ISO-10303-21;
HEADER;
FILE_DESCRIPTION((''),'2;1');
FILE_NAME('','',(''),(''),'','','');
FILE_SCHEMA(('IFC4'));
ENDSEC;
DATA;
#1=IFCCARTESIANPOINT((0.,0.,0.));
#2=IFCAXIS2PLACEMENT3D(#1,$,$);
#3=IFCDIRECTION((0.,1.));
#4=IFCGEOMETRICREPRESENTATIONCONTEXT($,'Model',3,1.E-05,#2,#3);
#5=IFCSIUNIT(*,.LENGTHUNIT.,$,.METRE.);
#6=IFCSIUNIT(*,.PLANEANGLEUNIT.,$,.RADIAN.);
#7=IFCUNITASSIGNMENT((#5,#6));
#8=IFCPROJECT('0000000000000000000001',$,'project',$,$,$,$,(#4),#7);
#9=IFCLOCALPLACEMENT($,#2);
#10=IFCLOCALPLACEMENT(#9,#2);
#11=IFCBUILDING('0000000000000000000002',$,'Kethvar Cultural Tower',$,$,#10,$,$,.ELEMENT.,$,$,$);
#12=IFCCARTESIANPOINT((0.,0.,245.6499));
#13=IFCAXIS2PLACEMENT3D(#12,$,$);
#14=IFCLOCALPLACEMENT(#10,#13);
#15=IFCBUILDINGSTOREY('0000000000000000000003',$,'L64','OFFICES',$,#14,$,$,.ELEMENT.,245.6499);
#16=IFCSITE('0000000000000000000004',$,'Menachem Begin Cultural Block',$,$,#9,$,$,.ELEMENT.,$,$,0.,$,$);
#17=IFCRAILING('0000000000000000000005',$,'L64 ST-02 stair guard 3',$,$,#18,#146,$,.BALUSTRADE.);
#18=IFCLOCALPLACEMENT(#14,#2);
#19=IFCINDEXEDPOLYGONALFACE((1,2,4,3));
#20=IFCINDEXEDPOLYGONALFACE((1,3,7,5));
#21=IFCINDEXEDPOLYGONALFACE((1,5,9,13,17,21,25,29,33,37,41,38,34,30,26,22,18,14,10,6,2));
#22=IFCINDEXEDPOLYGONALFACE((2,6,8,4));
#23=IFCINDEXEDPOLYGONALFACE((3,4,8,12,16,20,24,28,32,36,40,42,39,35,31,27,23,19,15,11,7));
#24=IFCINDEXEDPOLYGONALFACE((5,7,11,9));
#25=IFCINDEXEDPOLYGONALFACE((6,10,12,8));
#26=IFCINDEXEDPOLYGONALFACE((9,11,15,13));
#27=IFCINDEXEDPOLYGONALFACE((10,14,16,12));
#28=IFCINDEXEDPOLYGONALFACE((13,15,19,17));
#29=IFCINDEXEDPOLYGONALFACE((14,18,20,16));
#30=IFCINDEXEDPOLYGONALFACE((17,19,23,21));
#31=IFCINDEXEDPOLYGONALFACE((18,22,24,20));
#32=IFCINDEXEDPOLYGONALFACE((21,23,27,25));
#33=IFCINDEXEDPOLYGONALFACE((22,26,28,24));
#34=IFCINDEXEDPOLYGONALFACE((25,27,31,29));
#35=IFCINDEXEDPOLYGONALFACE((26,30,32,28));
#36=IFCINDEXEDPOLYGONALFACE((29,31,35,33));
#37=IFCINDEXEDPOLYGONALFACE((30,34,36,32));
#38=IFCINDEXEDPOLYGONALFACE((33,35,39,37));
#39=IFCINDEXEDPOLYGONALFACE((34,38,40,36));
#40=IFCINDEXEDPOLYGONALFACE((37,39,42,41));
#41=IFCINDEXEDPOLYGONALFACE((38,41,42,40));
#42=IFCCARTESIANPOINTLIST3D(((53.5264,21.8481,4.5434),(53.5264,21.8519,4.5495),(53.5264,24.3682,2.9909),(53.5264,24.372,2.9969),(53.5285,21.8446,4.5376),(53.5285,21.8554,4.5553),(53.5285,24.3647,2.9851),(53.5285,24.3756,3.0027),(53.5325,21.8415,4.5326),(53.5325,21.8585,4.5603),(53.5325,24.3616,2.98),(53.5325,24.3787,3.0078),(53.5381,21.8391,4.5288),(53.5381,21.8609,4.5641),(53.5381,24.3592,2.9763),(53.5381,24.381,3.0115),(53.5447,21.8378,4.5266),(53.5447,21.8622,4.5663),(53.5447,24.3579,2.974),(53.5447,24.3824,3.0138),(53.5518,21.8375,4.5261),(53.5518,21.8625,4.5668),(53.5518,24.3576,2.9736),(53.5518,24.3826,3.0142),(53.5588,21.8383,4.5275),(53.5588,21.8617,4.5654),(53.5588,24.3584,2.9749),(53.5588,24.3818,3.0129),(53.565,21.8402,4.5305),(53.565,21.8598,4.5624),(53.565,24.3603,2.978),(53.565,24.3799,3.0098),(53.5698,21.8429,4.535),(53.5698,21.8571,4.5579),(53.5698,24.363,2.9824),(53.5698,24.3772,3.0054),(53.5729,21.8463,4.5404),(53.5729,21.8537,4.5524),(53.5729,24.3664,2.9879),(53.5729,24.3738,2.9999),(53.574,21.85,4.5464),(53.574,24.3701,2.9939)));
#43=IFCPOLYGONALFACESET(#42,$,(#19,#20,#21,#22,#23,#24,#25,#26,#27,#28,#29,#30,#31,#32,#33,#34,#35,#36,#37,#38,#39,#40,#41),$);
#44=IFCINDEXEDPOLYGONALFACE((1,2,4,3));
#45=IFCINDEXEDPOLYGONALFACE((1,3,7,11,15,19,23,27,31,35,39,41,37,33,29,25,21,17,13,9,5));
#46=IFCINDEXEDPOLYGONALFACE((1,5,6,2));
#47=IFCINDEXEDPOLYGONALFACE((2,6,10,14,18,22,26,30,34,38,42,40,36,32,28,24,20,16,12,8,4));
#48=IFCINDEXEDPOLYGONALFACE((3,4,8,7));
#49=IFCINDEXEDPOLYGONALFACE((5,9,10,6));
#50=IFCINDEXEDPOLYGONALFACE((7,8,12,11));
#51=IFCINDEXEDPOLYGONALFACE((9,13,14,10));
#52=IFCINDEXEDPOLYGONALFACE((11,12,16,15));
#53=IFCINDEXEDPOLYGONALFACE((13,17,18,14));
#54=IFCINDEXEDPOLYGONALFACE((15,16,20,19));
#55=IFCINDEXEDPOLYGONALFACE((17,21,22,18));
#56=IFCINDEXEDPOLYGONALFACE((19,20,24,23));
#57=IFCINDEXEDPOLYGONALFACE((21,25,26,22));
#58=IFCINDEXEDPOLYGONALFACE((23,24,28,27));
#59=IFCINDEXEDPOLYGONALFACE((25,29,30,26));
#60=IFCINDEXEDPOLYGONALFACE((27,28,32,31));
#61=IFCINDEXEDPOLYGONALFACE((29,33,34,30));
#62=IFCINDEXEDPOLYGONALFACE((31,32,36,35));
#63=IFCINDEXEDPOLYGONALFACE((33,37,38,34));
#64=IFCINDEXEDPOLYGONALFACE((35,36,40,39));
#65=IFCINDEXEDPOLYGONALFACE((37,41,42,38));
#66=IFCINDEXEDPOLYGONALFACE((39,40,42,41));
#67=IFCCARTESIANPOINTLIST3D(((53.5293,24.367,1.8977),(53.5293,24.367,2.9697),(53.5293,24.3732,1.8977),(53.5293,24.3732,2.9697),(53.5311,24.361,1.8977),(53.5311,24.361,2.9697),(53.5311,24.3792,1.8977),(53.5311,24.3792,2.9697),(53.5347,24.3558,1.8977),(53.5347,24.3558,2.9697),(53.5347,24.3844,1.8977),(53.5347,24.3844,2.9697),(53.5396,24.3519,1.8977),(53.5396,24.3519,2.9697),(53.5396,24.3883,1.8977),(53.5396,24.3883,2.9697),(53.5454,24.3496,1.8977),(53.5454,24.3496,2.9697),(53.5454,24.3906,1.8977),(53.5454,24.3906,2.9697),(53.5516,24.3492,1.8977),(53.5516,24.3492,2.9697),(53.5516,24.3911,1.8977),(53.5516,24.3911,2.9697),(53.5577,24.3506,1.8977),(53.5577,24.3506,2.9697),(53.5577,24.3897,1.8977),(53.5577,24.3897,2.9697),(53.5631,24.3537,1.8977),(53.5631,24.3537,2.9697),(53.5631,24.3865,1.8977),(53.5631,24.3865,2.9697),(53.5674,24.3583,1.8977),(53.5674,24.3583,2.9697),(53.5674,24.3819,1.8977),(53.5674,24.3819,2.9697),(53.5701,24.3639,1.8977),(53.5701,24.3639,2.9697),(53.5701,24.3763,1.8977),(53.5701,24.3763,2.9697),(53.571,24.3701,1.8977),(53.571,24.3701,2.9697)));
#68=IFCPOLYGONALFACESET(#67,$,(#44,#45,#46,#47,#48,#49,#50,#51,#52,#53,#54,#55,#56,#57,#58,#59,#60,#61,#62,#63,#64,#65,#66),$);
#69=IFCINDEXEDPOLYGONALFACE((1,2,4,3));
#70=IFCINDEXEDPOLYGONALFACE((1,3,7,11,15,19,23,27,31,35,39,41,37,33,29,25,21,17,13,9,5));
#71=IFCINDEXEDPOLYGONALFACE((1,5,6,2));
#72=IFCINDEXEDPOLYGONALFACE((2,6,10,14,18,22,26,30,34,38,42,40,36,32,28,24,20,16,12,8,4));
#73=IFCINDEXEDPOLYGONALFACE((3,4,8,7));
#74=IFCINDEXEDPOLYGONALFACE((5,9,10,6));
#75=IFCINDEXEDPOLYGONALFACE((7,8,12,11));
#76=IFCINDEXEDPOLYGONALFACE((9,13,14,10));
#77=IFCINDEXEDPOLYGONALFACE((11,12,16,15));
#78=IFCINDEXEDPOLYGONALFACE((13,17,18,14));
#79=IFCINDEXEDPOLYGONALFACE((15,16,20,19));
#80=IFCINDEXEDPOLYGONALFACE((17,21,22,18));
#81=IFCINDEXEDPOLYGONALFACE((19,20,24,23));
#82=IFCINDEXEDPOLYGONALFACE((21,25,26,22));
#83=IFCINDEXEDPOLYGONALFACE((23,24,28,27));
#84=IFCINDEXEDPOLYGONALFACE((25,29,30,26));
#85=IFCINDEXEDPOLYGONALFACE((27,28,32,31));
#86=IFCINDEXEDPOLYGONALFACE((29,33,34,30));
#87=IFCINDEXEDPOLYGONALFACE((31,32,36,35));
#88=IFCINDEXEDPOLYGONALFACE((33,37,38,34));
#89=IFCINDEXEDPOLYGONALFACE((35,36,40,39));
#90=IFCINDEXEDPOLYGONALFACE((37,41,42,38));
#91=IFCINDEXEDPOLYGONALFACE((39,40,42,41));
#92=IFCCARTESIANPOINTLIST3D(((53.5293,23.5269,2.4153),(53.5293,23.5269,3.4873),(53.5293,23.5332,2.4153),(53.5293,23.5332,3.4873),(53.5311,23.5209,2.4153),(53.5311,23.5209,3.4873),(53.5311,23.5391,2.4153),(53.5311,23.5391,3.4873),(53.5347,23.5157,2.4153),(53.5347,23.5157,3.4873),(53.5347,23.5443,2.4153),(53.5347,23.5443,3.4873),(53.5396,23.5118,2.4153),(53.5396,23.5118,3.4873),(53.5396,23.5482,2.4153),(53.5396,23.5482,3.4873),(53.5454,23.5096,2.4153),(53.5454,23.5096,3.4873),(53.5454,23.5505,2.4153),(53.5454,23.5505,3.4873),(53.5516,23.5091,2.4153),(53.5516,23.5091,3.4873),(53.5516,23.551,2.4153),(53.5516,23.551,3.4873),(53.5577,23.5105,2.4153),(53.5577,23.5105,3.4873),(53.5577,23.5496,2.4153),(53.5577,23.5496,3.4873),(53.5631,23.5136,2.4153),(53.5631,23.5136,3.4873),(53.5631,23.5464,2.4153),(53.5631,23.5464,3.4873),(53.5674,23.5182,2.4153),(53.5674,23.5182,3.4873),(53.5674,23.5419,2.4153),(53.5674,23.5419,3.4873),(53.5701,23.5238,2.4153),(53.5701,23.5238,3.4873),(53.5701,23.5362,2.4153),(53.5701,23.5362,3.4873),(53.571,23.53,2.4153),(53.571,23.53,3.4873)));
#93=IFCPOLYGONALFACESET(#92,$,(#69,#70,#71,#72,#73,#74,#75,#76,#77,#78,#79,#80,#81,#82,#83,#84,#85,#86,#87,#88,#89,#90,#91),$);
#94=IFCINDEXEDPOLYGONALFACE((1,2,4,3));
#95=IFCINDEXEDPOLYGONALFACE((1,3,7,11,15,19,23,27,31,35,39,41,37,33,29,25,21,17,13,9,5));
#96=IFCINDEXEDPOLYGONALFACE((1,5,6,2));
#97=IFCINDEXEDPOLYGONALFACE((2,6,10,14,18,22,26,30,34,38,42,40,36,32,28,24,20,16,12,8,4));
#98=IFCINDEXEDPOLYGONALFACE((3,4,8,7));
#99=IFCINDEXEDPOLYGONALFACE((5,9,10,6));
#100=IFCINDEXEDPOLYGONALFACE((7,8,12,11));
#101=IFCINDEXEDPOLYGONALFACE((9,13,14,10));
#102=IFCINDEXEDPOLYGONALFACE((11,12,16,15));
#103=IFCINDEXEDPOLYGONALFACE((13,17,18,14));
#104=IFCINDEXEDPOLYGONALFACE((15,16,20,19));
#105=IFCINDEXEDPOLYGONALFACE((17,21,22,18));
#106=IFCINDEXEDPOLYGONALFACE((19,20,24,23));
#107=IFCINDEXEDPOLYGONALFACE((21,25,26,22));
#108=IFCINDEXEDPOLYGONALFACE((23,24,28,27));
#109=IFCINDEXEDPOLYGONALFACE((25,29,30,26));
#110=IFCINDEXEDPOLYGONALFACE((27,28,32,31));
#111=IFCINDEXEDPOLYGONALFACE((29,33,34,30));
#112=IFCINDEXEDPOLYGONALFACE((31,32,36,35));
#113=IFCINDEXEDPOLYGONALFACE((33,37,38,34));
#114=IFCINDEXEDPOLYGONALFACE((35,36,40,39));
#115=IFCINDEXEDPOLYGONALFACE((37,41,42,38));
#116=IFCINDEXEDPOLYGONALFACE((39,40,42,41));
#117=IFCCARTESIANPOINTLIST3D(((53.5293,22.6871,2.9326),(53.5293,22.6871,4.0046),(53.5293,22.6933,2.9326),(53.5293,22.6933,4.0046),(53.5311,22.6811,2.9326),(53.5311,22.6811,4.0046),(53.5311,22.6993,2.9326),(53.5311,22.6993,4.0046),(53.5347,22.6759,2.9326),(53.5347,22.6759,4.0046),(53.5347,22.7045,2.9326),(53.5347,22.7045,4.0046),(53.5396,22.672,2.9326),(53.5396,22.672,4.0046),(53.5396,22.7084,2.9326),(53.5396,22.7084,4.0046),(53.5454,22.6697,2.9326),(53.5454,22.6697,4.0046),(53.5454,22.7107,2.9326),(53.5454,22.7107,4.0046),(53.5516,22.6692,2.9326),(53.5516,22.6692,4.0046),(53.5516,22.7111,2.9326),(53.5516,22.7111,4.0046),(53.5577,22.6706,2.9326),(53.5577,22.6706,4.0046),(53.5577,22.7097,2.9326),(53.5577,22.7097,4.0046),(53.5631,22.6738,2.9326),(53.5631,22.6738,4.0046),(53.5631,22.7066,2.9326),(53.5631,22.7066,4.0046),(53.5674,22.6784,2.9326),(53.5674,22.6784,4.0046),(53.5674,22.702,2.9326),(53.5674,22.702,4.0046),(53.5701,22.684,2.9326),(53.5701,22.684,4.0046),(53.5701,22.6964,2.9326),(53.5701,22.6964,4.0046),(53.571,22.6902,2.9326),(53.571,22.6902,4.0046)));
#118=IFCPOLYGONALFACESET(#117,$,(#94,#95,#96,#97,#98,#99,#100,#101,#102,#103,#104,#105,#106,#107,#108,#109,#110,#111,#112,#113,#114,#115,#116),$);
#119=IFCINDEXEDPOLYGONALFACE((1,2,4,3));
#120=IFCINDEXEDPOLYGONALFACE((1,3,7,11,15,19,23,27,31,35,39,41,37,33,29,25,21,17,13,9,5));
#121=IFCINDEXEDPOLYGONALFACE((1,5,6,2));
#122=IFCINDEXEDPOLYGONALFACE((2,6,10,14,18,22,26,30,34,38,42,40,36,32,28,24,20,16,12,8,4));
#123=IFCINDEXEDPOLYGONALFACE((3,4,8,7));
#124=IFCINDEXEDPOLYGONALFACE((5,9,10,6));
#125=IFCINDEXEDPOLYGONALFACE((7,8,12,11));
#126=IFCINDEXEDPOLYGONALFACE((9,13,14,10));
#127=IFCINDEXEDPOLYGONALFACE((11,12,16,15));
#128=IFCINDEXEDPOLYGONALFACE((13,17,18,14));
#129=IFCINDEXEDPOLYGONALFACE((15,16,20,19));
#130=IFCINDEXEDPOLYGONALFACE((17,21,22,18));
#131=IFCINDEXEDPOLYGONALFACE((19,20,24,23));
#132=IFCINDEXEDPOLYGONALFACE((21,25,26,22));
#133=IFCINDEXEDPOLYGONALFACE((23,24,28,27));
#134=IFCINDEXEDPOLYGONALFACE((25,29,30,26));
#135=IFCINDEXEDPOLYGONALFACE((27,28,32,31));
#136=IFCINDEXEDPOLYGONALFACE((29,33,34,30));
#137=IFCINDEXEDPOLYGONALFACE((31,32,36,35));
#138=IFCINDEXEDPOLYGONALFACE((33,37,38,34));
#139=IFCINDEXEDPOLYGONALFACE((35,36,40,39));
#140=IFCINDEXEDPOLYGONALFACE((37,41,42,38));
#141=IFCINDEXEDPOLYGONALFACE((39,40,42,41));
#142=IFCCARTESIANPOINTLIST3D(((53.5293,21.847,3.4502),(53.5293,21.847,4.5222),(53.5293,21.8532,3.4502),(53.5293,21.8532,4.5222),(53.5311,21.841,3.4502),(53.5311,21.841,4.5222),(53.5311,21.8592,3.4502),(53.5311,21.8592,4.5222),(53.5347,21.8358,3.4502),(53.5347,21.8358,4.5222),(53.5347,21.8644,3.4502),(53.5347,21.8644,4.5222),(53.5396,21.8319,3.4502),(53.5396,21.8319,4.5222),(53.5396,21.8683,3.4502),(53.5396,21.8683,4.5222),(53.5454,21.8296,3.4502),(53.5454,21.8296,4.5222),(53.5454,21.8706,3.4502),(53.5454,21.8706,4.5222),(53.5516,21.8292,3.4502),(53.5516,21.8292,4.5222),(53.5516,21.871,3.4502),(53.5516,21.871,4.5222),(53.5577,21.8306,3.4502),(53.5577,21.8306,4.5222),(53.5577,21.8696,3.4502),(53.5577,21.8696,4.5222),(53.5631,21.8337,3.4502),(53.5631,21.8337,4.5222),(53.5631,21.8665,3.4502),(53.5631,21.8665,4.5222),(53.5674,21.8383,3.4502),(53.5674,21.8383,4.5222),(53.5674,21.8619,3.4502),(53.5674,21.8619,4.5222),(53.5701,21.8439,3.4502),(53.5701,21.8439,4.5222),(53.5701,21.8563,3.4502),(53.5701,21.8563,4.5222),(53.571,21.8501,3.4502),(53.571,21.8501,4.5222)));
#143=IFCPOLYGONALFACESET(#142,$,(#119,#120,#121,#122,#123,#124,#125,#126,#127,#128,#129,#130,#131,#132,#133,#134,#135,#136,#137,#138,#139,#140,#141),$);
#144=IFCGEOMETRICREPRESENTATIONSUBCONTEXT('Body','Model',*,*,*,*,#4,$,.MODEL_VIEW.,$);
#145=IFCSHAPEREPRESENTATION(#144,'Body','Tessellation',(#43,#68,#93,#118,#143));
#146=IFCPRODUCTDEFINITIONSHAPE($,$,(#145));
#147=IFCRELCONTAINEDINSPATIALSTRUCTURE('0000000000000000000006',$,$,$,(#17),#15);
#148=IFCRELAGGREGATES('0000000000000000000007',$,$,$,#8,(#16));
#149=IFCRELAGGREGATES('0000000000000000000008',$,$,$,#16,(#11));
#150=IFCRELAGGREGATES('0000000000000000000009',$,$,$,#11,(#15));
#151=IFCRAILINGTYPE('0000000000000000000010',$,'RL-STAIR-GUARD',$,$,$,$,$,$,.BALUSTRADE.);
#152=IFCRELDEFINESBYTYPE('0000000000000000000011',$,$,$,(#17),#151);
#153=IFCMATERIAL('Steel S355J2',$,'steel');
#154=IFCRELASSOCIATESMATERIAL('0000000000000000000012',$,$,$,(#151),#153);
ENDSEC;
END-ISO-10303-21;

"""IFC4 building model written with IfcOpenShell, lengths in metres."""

from ifc_helpers import new_model, si_unit, direction, frame, origin, origin_2d, place, context, subcontext, project, spatial, circle, extrude, material, type_object, element, save


model = new_model("IFC4")

# Units and contexts
model_context = context("Model", 3, precision=1e-05, world=origin(), true_north=direction((0.0, 1.0)))
body_context = subcontext(model_context, "Body", "Model", "MODEL_VIEW")
ifc_project = project(units=[si_unit("LENGTHUNIT", "METRE"), si_unit("PLANEANGLEUNIT", "RADIAN")], contexts=[model_context])

# Site, building, storey
site_placement = place(None, origin())
site = spatial("IfcSite", under=ifc_project, at=site_placement, Name="Menachem Begin Cultural Block", CompositionType="ELEMENT", RefElevation=0.0)
building_placement = place(site_placement, origin())
building = spatial("IfcBuilding", under=site, at=building_placement, Name="Kethvar Cultural Tower", CompositionType="ELEMENT")
storey_placement = place(building_placement, frame((0.0, 0.0, 245.6499)))
storey = spatial("IfcBuildingStorey", under=building, at=storey_placement, Name="L64", Description="OFFICES", CompositionType="ELEMENT", Elevation=245.6499)

# Shared definitions
ifc_material_1 = material(Name="Steel S355J2", Category="steel")

# Railing
railing_type_1 = type_object("IfcRailingType", Name="RL-STAIR-GUARD", PredefinedType="BALUSTRADE", material=ifc_material_1)
railing_1_placement = place(storey_placement, frame((53.55, 24.3701, 1.8977)))
element("IfcRailing", 1, at=railing_1_placement, inside=storey, type_object=railing_type_1, Name="L64 ST-02 stair guard 3", PredefinedType="BALUSTRADE", context=body_context, shape_type="SweptSolid", body=[
    extrude(circle(Radius=0.0239, at=origin_2d()), frame((0.0, 0.0, 1.0962), z_axis=(0.0, -0.8514, 0.524516), x_axis=(1.0, 0.0, 0.0)), (0.0, 0.0, 1.0), 2.96),
    extrude(circle(Radius=0.021, at=origin_2d()), origin(), (0.0, 0.0, 1.0), 1.072),
    extrude(circle(Radius=0.021, at=origin_2d()), frame((0.0, -0.8401, 0.5176)), (0.0, 0.0, 1.0), 1.072),
    extrude(circle(Radius=0.021, at=origin_2d()), frame((0.0, -1.6799, 1.0349)), (0.0, 0.0, 1.0), 1.072),
    extrude(circle(Radius=0.021, at=origin_2d()), frame((0.0, -2.52, 1.5525)), (0.0, 0.0, 1.0), 1.072),
])

save(model, "model.ifc")
